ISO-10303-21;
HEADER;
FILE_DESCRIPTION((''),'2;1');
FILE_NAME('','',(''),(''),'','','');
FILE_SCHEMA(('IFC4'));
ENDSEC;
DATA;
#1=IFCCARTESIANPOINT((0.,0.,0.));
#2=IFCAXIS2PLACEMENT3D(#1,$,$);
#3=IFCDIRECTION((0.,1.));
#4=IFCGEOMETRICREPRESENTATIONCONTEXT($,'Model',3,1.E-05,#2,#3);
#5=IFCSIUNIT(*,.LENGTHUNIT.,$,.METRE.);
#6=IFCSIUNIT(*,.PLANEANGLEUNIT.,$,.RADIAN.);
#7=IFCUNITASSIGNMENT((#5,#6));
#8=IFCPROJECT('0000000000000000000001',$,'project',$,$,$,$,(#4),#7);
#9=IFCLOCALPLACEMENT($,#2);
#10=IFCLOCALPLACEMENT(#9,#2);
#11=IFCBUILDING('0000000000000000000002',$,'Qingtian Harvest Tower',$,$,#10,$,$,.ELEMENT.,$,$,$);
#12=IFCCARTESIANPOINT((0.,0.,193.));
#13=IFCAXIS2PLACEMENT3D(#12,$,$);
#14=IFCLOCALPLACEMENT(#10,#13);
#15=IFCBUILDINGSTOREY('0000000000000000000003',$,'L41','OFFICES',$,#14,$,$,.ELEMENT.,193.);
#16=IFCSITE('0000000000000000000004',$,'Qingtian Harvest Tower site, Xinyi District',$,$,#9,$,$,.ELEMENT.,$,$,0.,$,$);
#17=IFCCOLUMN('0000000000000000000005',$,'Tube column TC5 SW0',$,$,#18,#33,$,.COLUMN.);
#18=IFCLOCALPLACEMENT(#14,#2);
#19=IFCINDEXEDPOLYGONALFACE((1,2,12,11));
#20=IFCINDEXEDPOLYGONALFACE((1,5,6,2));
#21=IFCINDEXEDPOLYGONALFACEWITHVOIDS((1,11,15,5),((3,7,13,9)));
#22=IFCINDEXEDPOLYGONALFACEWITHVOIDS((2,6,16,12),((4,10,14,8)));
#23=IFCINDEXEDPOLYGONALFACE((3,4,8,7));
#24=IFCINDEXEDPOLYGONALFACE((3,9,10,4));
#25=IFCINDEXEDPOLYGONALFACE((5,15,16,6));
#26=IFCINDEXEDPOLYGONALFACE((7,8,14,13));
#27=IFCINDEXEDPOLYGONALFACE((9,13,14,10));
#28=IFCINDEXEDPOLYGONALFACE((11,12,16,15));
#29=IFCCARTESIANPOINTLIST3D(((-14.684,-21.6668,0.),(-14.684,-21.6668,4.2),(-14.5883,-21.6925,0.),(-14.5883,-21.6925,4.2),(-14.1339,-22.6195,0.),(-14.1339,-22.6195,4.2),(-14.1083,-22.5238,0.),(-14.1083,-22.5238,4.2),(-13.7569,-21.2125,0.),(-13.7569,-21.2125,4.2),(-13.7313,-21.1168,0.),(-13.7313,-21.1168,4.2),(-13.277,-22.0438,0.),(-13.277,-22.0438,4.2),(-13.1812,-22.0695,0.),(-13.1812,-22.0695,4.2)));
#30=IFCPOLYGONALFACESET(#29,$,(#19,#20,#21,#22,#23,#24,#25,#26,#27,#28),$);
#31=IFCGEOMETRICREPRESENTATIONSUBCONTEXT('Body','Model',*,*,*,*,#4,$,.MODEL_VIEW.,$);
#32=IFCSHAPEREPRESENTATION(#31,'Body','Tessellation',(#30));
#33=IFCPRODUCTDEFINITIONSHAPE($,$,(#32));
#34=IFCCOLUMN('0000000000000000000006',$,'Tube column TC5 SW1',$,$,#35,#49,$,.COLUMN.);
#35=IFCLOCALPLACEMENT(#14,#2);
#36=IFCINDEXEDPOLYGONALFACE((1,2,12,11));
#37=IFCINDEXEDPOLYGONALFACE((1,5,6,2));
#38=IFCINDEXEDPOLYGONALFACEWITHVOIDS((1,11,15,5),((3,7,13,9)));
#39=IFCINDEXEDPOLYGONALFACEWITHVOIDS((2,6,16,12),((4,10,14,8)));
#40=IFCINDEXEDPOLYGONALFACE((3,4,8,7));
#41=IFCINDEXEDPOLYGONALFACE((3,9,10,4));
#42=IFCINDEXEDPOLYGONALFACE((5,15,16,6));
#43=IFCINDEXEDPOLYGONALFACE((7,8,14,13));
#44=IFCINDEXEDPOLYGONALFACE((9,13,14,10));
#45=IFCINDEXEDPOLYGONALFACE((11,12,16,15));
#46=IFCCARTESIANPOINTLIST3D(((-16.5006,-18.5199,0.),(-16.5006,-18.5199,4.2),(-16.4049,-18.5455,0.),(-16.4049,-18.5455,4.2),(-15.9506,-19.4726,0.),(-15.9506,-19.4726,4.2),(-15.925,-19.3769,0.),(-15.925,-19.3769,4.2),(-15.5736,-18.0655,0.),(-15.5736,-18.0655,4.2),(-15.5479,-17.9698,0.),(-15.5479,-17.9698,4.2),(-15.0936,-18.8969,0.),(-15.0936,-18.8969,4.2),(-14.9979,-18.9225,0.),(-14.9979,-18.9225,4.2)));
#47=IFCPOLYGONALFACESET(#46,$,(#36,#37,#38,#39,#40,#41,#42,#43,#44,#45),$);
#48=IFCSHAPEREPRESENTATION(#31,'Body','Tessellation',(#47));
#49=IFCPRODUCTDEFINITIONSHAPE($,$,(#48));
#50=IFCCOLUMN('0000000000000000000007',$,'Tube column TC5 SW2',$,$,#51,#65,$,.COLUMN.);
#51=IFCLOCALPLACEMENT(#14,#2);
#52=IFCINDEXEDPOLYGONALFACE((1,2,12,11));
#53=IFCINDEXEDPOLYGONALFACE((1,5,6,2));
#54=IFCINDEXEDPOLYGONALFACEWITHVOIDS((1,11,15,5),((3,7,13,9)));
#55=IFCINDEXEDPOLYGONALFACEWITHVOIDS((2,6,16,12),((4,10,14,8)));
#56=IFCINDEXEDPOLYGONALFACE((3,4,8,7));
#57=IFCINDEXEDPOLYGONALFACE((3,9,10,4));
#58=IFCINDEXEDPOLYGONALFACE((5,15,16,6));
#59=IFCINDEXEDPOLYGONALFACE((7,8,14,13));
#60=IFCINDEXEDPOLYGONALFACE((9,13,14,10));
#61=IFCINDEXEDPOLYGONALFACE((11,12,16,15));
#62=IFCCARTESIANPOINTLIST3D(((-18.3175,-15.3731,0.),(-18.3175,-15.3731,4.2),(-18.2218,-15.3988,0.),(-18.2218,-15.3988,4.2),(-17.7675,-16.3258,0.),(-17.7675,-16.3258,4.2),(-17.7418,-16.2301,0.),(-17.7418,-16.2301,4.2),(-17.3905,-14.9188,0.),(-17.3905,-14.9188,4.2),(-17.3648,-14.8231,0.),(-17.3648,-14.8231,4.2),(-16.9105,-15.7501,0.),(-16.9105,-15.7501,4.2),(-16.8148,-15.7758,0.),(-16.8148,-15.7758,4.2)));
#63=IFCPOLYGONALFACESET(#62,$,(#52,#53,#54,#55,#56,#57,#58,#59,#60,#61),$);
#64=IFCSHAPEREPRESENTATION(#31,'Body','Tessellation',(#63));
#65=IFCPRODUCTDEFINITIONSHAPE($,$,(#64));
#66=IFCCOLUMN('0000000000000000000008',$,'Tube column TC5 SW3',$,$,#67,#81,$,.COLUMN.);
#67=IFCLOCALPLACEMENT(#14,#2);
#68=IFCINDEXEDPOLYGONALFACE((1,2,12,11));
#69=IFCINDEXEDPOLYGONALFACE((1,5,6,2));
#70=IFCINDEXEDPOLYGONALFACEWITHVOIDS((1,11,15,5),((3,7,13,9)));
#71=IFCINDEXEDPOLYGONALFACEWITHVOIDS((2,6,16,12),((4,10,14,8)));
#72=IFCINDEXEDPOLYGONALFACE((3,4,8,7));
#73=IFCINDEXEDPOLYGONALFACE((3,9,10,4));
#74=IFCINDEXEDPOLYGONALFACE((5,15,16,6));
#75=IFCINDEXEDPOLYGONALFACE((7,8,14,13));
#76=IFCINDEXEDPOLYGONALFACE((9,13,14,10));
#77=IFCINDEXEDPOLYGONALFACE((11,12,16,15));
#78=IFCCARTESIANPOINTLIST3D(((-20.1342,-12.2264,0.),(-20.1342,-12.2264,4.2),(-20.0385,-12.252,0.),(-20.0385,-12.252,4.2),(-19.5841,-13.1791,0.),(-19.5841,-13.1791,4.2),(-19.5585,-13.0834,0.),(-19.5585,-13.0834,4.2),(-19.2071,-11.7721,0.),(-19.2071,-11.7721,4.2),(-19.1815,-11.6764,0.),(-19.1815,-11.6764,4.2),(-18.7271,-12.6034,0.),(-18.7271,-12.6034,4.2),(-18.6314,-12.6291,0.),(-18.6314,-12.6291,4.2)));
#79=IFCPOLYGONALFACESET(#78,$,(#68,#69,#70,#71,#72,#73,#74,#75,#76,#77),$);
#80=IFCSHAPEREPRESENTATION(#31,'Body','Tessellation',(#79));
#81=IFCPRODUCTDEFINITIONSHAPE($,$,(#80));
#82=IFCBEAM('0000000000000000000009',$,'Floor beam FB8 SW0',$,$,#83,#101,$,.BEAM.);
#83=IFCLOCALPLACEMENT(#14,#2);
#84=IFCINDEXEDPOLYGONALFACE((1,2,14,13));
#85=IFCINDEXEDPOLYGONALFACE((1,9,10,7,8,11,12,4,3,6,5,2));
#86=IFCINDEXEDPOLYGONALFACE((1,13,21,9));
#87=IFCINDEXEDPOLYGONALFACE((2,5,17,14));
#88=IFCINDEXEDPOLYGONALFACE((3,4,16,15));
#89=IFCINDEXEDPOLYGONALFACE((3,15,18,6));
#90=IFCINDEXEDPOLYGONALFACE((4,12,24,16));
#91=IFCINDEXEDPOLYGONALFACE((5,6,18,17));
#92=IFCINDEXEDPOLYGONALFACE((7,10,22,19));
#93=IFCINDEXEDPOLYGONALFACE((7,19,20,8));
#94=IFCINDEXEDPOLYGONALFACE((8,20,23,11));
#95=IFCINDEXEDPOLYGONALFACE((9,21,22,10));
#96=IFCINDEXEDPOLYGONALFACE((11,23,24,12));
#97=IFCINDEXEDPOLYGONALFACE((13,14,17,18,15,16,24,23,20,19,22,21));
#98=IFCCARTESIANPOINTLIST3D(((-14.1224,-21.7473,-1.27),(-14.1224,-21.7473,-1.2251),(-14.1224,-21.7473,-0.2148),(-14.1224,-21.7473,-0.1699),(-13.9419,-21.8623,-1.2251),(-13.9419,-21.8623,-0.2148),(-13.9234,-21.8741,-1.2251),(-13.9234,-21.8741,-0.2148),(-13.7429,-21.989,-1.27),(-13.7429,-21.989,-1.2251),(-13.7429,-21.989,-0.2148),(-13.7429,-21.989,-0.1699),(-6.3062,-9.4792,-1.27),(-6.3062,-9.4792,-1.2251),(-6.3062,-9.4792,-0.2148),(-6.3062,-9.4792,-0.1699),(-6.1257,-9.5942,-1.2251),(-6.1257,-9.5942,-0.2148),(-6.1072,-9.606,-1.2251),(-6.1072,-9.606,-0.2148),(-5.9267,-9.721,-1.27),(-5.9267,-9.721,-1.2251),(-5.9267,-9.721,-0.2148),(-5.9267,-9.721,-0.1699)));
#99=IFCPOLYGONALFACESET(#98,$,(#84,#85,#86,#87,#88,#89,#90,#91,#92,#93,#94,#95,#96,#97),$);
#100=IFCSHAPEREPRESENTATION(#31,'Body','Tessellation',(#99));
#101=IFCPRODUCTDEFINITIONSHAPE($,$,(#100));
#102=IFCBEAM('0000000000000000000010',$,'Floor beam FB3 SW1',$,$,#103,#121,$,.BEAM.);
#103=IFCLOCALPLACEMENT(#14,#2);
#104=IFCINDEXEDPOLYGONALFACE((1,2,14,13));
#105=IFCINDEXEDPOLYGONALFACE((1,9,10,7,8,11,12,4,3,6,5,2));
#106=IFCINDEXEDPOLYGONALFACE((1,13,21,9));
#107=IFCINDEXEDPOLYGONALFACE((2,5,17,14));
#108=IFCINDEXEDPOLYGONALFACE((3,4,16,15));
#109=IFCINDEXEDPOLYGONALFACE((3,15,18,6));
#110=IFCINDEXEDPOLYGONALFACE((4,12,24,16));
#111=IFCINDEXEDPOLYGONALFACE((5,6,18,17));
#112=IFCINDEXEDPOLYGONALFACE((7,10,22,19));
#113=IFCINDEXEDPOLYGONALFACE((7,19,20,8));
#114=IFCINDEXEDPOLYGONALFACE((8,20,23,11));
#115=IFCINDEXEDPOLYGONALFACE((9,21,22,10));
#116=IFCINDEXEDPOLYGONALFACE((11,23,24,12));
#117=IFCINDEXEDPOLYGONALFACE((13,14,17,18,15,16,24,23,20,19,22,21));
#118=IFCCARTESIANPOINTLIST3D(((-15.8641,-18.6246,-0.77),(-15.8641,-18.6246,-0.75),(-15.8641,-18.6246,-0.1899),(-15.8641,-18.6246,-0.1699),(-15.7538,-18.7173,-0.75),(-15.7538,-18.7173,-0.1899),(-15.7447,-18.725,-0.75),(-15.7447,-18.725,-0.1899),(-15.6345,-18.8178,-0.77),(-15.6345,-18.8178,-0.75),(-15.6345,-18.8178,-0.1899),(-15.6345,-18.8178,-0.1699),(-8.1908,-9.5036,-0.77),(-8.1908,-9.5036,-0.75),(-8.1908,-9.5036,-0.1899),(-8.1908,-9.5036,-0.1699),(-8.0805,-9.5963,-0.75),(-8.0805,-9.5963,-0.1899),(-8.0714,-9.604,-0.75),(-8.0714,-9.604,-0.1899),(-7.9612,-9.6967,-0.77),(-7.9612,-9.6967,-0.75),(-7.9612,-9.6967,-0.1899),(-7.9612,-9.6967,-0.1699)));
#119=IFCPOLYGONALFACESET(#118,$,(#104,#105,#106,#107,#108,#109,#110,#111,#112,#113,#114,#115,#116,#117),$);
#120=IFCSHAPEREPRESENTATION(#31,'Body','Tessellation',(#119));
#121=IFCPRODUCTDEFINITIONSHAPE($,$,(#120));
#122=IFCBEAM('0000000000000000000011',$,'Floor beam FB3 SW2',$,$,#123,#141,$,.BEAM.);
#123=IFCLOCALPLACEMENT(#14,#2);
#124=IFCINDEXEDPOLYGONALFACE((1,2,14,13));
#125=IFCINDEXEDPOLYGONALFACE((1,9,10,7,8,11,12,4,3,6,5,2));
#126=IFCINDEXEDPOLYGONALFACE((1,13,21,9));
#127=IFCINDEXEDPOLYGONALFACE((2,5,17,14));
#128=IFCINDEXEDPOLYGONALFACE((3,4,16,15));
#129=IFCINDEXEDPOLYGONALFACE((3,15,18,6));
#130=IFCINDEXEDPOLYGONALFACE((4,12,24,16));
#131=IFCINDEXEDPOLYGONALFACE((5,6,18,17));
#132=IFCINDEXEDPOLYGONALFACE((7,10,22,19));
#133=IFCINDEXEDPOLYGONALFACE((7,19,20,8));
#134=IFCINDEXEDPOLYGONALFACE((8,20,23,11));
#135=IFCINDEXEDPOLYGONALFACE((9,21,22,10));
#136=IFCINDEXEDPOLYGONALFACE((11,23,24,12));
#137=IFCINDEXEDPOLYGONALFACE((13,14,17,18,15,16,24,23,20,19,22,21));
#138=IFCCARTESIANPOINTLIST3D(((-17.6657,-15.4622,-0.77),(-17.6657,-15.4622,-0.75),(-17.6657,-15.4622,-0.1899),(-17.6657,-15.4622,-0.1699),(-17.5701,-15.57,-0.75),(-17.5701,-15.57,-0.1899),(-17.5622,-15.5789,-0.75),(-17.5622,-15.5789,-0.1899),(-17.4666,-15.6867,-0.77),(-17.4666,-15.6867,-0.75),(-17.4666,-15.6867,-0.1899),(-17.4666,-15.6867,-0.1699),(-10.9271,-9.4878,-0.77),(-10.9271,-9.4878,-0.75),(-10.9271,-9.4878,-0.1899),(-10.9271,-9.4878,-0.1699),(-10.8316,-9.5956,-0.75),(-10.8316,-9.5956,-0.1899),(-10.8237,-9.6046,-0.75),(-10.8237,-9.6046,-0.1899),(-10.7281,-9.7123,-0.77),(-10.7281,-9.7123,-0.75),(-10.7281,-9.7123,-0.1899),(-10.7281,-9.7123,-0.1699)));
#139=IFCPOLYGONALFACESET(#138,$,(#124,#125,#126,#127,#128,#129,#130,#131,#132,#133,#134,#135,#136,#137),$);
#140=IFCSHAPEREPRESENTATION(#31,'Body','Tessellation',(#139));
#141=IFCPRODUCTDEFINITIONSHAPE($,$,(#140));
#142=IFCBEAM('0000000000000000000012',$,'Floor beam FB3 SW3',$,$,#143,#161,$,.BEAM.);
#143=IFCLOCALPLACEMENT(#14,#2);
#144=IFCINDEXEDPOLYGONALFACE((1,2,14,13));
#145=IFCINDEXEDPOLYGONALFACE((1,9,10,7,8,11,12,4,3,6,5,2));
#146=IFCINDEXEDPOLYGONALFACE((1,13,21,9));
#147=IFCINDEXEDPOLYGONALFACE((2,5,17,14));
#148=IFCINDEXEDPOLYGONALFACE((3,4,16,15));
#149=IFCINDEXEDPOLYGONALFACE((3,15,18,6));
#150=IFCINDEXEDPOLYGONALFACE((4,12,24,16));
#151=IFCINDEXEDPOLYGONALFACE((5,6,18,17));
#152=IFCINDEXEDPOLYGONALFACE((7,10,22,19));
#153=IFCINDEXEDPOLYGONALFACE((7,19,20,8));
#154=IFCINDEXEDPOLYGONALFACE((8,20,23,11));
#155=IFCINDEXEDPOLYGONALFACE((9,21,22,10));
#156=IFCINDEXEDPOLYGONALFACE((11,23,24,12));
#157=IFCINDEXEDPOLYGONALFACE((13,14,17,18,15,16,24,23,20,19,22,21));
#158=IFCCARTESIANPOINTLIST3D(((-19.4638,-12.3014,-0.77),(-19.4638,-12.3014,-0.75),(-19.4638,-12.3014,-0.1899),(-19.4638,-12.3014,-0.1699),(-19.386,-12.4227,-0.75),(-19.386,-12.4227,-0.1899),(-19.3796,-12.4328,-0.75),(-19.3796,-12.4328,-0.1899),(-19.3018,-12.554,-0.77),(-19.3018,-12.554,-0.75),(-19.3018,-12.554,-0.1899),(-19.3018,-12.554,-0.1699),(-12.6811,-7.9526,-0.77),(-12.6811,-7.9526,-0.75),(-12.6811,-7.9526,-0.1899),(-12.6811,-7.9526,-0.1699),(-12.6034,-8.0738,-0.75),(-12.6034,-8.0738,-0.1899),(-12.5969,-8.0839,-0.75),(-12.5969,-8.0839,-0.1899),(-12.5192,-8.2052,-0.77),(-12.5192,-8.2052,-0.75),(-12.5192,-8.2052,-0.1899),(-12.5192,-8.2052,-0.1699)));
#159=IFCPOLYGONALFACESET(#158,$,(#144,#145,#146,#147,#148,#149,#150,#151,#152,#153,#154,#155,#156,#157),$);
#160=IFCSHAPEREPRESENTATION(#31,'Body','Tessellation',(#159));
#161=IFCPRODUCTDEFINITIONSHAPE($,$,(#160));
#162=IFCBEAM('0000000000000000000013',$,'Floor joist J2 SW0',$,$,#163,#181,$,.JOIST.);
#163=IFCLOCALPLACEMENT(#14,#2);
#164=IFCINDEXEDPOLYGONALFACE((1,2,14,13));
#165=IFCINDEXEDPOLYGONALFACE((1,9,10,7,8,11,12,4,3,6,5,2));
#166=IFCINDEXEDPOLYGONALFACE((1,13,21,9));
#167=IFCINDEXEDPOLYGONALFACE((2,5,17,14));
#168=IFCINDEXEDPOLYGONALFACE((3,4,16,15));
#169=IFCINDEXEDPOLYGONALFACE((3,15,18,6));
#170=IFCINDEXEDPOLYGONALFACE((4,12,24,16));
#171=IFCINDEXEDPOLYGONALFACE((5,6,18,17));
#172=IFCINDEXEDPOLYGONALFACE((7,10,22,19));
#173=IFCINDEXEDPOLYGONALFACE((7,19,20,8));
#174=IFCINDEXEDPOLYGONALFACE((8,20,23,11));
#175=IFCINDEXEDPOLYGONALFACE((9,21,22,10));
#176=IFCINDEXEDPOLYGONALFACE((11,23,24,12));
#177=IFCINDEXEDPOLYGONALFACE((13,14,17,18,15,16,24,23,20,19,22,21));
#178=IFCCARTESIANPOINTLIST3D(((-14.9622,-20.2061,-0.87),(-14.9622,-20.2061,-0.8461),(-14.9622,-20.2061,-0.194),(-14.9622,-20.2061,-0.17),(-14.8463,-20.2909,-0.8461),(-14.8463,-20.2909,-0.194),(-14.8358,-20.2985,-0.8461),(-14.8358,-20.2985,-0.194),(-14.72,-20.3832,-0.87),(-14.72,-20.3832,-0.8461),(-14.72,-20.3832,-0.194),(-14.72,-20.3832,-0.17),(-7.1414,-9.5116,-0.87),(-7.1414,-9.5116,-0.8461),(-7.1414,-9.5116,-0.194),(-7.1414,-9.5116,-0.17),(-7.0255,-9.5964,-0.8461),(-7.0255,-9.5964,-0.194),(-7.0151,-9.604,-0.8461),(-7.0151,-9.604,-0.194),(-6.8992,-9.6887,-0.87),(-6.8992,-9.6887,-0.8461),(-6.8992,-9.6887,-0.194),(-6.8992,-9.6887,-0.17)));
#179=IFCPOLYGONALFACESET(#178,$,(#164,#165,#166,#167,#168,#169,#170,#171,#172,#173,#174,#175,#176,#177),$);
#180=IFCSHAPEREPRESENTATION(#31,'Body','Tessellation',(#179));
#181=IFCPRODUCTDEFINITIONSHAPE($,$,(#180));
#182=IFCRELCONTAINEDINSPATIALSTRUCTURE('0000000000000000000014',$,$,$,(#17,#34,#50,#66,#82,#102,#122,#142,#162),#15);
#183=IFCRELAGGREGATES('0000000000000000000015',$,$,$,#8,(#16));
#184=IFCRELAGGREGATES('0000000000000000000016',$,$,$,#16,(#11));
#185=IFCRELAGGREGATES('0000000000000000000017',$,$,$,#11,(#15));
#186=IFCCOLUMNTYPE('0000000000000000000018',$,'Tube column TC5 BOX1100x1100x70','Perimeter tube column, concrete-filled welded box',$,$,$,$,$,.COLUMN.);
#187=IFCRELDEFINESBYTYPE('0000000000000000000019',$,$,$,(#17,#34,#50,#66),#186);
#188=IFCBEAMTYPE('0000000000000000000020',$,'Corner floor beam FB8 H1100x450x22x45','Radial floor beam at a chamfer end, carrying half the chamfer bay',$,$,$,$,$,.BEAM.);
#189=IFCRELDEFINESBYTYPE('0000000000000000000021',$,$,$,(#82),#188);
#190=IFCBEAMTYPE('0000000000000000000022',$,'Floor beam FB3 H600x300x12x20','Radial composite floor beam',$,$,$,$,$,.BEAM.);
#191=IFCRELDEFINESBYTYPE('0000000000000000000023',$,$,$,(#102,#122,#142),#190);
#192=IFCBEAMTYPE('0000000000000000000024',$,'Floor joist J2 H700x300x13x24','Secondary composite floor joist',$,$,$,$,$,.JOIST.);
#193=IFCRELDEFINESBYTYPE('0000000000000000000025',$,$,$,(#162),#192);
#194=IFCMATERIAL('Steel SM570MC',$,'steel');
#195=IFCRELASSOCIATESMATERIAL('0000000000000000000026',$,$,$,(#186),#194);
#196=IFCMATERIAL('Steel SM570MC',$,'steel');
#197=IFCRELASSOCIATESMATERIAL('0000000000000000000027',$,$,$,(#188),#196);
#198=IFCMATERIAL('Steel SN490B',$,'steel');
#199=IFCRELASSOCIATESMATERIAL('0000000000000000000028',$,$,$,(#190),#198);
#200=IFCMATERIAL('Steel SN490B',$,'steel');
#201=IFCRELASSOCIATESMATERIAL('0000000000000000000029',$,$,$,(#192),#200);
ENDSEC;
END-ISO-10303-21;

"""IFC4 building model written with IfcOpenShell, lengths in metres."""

from ifc_helpers import new_model, si_unit, direction, frame, origin, origin_2d, place, context, subcontext, project, spatial, hollow_rectangle, i_section, extrude, material, material_profile, profile_set, type_object, element, save


model = new_model("IFC4")

# Units and contexts
model_context = context("Model", 3, precision=1e-05, world=origin(), true_north=direction((0.0, 1.0)))
body_context = subcontext(model_context, "Body", "Model", "MODEL_VIEW")
ifc_project = project(units=[si_unit("LENGTHUNIT", "METRE"), si_unit("PLANEANGLEUNIT", "RADIAN")], contexts=[model_context])

# Site, building, storey
site_placement = place(None, origin())
site = spatial("IfcSite", under=ifc_project, at=site_placement, Name="Qingtian Harvest Tower site, Xinyi District", CompositionType="ELEMENT", RefElevation=0.0)
building_placement = place(site_placement, origin())
building = spatial("IfcBuilding", under=site, at=building_placement, Name="Qingtian Harvest Tower", CompositionType="ELEMENT")
storey_placement = place(building_placement, frame((0.0, 0.0, 193.0)))
storey = spatial("IfcBuildingStorey", under=building, at=storey_placement, Name="L41", Description="OFFICES", CompositionType="ELEMENT", Elevation=193.0)

# Columns
ifc_material_1 = material(Name="Steel SM570MC", Category="steel")
ifc_material_profile_1 = material_profile(ifc_material_1, hollow_rectangle(XDim=1.1001, YDim=1.1001, WallThickness=0.0701, at=origin_2d()), Name="BOX1100x1100x70")
ifc_profile_set_1 = profile_set([ifc_material_profile_1], Name="Steel SM570MC")
column_type = type_object("IfcColumnType", Name="Tube column TC5 BOX1100x1100x70", Description="Perimeter tube column, concrete-filled welded box", PredefinedType="COLUMN", material=ifc_profile_set_1)
for number, where, z_axis, x_axis, name in (
    (1, (-13.9326, -21.8682, 0.0), (0.0, 0.0, 1.0), (0.5, -0.866025, 0.0), "Tube column TC5 SW0"),
    (2, (-15.7493, -18.7212, 0.0), (0.0, 0.0, 1.0), (0.5, -0.866025, 0.0), "Tube column TC5 SW1"),
    (3, (-17.5662, -15.5745, 0.0), (0.0, 0.0, 1.0), (0.5, -0.866025, 0.0), "Tube column TC5 SW2"),
    (4, (-19.3828, -12.4277, 0.0), (0.0, 0.0, 1.0), (0.5, -0.866025, 0.0), "Tube column TC5 SW3"),
):
    element("IfcColumn", number, at=place(storey_placement, frame(where, z_axis=z_axis, x_axis=x_axis)), inside=storey, type_object=column_type, Name=name, PredefinedType="COLUMN", context=body_context, shape_type="SweptSolid", body=[
        extrude(hollow_rectangle(XDim=1.1001, YDim=1.1001, WallThickness=0.0701, at=origin_2d()), origin(), (0.0, 0.0, 1.0), 4.2),
    ])

# Beams
ifc_material_2 = material(Name="Steel SM570MC", Category="steel")
ifc_material_profile_2 = material_profile(ifc_material_2, i_section(OverallWidth=0.45, OverallDepth=1.1001, WebThickness=0.022, FlangeThickness=0.0449, at=origin_2d()), Name="H1100x450x22x45")
ifc_profile_set_2 = profile_set([ifc_material_profile_2], Name="Steel SM570MC")
beam_type_1 = type_object("IfcBeamType", Name="Corner floor beam FB8 H1100x450x22x45", Description="Radial floor beam at a chamfer end, carrying half the chamfer bay", PredefinedType="BEAM", material=ifc_profile_set_2)
beam_1_placement = place(storey_placement, frame((-13.9326, -21.8682, -0.72), z_axis=(0.537326, 0.843375, 0.0), x_axis=(-0.843375, 0.537326, 0.0)))
element("IfcBeam", 5, at=beam_1_placement, inside=storey, type_object=beam_type_1, Name="Floor beam FB8 SW0", PredefinedType="BEAM", context=body_context, shape_type="SweptSolid", body=[
    extrude(i_section(OverallWidth=0.45, OverallDepth=1.1001, WebThickness=0.022, FlangeThickness=0.0449, at=origin_2d()), origin(), (0.0, 0.0, 1.0), 14.5464),
])
ifc_material_3 = material(Name="Steel SN490B", Category="steel")
ifc_material_profile_3 = material_profile(ifc_material_3, i_section(OverallWidth=0.3, OverallDepth=0.6001, WebThickness=0.012, FlangeThickness=0.02, at=origin_2d()), Name="H600x300x12x20")
ifc_profile_set_3 = profile_set([ifc_material_profile_3], Name="Steel SN490B")
beam_type_2 = type_object("IfcBeamType", Name="Floor beam FB3 H600x300x12x20", Description="Radial composite floor beam", PredefinedType="BEAM", material=ifc_profile_set_3)
beam_2_placement = place(storey_placement, frame((-15.7493, -18.7212, -0.47), z_axis=(0.643764, 0.765224, 0.0), x_axis=(-0.765224, 0.643764, 0.0)))
element("IfcBeam", 6, at=beam_2_placement, inside=storey, type_object=beam_type_2, Name="Floor beam FB3 SW1", PredefinedType="BEAM", context=body_context, shape_type="SweptSolid", body=[
    extrude(i_section(OverallWidth=0.3, OverallDepth=0.6001, WebThickness=0.012, FlangeThickness=0.02, at=origin_2d()), origin(), (0.0, 0.0, 1.0), 11.9194),
])
beam_3_placement = place(storey_placement, frame((-17.5662, -15.5745, -0.47), z_axis=(0.74826, 0.663406, 0.0), x_axis=(-0.663406, 0.74826, 0.0)))
element("IfcBeam", 7, at=beam_3_placement, inside=storey, type_object=beam_type_2, Name="Floor beam FB3 SW2", PredefinedType="BEAM", context=body_context, shape_type="SweptSolid", body=[
    extrude(i_section(OverallWidth=0.3, OverallDepth=0.6001, WebThickness=0.012, FlangeThickness=0.02, at=origin_2d()), origin(), (0.0, 0.0, 1.0), 9.0056),
])
beam_4_placement = place(storey_placement, frame((-19.3828, -12.4277, -0.47), z_axis=(0.841824, 0.539753, 0.0), x_axis=(-0.539753, 0.841824, 0.0)))
element("IfcBeam", 8, at=beam_4_placement, inside=storey, type_object=beam_type_2, Name="Floor beam FB3 SW3", PredefinedType="BEAM", context=body_context, shape_type="SweptSolid", body=[
    extrude(i_section(OverallWidth=0.3, OverallDepth=0.6001, WebThickness=0.012, FlangeThickness=0.02, at=origin_2d()), origin(), (0.0, 0.0, 1.0), 8.0571),
])
ifc_material_4 = material(Name="Steel SN490B", Category="steel")
ifc_material_profile_4 = material_profile(ifc_material_4, i_section(OverallWidth=0.3, OverallDepth=0.7, WebThickness=0.0129, FlangeThickness=0.0239, at=origin_2d()), Name="H700x300x13x24")
ifc_profile_set_4 = profile_set([ifc_material_profile_4], Name="Steel SN490B")
beam_type_3 = type_object("IfcBeamType", Name="Floor joist J2 H700x300x13x24", Description="Secondary composite floor joist", PredefinedType="JOIST", material=ifc_profile_set_4)
beam_5_placement = place(storey_placement, frame((-14.8411, -20.2947, -0.52), z_axis=(0.590289, 0.807192, 0.0), x_axis=(-0.807192, 0.590289, 0.0)))
element("IfcBeam", 9, at=beam_5_placement, inside=storey, type_object=beam_type_3, Name="Floor joist J2 SW0", PredefinedType="JOIST", context=body_context, shape_type="SweptSolid", body=[
    extrude(i_section(OverallWidth=0.3, OverallDepth=0.7, WebThickness=0.0129, FlangeThickness=0.0239, at=origin_2d()), origin(), (0.0, 0.0, 1.0), 13.249),
])

save(model, "model.ifc")
